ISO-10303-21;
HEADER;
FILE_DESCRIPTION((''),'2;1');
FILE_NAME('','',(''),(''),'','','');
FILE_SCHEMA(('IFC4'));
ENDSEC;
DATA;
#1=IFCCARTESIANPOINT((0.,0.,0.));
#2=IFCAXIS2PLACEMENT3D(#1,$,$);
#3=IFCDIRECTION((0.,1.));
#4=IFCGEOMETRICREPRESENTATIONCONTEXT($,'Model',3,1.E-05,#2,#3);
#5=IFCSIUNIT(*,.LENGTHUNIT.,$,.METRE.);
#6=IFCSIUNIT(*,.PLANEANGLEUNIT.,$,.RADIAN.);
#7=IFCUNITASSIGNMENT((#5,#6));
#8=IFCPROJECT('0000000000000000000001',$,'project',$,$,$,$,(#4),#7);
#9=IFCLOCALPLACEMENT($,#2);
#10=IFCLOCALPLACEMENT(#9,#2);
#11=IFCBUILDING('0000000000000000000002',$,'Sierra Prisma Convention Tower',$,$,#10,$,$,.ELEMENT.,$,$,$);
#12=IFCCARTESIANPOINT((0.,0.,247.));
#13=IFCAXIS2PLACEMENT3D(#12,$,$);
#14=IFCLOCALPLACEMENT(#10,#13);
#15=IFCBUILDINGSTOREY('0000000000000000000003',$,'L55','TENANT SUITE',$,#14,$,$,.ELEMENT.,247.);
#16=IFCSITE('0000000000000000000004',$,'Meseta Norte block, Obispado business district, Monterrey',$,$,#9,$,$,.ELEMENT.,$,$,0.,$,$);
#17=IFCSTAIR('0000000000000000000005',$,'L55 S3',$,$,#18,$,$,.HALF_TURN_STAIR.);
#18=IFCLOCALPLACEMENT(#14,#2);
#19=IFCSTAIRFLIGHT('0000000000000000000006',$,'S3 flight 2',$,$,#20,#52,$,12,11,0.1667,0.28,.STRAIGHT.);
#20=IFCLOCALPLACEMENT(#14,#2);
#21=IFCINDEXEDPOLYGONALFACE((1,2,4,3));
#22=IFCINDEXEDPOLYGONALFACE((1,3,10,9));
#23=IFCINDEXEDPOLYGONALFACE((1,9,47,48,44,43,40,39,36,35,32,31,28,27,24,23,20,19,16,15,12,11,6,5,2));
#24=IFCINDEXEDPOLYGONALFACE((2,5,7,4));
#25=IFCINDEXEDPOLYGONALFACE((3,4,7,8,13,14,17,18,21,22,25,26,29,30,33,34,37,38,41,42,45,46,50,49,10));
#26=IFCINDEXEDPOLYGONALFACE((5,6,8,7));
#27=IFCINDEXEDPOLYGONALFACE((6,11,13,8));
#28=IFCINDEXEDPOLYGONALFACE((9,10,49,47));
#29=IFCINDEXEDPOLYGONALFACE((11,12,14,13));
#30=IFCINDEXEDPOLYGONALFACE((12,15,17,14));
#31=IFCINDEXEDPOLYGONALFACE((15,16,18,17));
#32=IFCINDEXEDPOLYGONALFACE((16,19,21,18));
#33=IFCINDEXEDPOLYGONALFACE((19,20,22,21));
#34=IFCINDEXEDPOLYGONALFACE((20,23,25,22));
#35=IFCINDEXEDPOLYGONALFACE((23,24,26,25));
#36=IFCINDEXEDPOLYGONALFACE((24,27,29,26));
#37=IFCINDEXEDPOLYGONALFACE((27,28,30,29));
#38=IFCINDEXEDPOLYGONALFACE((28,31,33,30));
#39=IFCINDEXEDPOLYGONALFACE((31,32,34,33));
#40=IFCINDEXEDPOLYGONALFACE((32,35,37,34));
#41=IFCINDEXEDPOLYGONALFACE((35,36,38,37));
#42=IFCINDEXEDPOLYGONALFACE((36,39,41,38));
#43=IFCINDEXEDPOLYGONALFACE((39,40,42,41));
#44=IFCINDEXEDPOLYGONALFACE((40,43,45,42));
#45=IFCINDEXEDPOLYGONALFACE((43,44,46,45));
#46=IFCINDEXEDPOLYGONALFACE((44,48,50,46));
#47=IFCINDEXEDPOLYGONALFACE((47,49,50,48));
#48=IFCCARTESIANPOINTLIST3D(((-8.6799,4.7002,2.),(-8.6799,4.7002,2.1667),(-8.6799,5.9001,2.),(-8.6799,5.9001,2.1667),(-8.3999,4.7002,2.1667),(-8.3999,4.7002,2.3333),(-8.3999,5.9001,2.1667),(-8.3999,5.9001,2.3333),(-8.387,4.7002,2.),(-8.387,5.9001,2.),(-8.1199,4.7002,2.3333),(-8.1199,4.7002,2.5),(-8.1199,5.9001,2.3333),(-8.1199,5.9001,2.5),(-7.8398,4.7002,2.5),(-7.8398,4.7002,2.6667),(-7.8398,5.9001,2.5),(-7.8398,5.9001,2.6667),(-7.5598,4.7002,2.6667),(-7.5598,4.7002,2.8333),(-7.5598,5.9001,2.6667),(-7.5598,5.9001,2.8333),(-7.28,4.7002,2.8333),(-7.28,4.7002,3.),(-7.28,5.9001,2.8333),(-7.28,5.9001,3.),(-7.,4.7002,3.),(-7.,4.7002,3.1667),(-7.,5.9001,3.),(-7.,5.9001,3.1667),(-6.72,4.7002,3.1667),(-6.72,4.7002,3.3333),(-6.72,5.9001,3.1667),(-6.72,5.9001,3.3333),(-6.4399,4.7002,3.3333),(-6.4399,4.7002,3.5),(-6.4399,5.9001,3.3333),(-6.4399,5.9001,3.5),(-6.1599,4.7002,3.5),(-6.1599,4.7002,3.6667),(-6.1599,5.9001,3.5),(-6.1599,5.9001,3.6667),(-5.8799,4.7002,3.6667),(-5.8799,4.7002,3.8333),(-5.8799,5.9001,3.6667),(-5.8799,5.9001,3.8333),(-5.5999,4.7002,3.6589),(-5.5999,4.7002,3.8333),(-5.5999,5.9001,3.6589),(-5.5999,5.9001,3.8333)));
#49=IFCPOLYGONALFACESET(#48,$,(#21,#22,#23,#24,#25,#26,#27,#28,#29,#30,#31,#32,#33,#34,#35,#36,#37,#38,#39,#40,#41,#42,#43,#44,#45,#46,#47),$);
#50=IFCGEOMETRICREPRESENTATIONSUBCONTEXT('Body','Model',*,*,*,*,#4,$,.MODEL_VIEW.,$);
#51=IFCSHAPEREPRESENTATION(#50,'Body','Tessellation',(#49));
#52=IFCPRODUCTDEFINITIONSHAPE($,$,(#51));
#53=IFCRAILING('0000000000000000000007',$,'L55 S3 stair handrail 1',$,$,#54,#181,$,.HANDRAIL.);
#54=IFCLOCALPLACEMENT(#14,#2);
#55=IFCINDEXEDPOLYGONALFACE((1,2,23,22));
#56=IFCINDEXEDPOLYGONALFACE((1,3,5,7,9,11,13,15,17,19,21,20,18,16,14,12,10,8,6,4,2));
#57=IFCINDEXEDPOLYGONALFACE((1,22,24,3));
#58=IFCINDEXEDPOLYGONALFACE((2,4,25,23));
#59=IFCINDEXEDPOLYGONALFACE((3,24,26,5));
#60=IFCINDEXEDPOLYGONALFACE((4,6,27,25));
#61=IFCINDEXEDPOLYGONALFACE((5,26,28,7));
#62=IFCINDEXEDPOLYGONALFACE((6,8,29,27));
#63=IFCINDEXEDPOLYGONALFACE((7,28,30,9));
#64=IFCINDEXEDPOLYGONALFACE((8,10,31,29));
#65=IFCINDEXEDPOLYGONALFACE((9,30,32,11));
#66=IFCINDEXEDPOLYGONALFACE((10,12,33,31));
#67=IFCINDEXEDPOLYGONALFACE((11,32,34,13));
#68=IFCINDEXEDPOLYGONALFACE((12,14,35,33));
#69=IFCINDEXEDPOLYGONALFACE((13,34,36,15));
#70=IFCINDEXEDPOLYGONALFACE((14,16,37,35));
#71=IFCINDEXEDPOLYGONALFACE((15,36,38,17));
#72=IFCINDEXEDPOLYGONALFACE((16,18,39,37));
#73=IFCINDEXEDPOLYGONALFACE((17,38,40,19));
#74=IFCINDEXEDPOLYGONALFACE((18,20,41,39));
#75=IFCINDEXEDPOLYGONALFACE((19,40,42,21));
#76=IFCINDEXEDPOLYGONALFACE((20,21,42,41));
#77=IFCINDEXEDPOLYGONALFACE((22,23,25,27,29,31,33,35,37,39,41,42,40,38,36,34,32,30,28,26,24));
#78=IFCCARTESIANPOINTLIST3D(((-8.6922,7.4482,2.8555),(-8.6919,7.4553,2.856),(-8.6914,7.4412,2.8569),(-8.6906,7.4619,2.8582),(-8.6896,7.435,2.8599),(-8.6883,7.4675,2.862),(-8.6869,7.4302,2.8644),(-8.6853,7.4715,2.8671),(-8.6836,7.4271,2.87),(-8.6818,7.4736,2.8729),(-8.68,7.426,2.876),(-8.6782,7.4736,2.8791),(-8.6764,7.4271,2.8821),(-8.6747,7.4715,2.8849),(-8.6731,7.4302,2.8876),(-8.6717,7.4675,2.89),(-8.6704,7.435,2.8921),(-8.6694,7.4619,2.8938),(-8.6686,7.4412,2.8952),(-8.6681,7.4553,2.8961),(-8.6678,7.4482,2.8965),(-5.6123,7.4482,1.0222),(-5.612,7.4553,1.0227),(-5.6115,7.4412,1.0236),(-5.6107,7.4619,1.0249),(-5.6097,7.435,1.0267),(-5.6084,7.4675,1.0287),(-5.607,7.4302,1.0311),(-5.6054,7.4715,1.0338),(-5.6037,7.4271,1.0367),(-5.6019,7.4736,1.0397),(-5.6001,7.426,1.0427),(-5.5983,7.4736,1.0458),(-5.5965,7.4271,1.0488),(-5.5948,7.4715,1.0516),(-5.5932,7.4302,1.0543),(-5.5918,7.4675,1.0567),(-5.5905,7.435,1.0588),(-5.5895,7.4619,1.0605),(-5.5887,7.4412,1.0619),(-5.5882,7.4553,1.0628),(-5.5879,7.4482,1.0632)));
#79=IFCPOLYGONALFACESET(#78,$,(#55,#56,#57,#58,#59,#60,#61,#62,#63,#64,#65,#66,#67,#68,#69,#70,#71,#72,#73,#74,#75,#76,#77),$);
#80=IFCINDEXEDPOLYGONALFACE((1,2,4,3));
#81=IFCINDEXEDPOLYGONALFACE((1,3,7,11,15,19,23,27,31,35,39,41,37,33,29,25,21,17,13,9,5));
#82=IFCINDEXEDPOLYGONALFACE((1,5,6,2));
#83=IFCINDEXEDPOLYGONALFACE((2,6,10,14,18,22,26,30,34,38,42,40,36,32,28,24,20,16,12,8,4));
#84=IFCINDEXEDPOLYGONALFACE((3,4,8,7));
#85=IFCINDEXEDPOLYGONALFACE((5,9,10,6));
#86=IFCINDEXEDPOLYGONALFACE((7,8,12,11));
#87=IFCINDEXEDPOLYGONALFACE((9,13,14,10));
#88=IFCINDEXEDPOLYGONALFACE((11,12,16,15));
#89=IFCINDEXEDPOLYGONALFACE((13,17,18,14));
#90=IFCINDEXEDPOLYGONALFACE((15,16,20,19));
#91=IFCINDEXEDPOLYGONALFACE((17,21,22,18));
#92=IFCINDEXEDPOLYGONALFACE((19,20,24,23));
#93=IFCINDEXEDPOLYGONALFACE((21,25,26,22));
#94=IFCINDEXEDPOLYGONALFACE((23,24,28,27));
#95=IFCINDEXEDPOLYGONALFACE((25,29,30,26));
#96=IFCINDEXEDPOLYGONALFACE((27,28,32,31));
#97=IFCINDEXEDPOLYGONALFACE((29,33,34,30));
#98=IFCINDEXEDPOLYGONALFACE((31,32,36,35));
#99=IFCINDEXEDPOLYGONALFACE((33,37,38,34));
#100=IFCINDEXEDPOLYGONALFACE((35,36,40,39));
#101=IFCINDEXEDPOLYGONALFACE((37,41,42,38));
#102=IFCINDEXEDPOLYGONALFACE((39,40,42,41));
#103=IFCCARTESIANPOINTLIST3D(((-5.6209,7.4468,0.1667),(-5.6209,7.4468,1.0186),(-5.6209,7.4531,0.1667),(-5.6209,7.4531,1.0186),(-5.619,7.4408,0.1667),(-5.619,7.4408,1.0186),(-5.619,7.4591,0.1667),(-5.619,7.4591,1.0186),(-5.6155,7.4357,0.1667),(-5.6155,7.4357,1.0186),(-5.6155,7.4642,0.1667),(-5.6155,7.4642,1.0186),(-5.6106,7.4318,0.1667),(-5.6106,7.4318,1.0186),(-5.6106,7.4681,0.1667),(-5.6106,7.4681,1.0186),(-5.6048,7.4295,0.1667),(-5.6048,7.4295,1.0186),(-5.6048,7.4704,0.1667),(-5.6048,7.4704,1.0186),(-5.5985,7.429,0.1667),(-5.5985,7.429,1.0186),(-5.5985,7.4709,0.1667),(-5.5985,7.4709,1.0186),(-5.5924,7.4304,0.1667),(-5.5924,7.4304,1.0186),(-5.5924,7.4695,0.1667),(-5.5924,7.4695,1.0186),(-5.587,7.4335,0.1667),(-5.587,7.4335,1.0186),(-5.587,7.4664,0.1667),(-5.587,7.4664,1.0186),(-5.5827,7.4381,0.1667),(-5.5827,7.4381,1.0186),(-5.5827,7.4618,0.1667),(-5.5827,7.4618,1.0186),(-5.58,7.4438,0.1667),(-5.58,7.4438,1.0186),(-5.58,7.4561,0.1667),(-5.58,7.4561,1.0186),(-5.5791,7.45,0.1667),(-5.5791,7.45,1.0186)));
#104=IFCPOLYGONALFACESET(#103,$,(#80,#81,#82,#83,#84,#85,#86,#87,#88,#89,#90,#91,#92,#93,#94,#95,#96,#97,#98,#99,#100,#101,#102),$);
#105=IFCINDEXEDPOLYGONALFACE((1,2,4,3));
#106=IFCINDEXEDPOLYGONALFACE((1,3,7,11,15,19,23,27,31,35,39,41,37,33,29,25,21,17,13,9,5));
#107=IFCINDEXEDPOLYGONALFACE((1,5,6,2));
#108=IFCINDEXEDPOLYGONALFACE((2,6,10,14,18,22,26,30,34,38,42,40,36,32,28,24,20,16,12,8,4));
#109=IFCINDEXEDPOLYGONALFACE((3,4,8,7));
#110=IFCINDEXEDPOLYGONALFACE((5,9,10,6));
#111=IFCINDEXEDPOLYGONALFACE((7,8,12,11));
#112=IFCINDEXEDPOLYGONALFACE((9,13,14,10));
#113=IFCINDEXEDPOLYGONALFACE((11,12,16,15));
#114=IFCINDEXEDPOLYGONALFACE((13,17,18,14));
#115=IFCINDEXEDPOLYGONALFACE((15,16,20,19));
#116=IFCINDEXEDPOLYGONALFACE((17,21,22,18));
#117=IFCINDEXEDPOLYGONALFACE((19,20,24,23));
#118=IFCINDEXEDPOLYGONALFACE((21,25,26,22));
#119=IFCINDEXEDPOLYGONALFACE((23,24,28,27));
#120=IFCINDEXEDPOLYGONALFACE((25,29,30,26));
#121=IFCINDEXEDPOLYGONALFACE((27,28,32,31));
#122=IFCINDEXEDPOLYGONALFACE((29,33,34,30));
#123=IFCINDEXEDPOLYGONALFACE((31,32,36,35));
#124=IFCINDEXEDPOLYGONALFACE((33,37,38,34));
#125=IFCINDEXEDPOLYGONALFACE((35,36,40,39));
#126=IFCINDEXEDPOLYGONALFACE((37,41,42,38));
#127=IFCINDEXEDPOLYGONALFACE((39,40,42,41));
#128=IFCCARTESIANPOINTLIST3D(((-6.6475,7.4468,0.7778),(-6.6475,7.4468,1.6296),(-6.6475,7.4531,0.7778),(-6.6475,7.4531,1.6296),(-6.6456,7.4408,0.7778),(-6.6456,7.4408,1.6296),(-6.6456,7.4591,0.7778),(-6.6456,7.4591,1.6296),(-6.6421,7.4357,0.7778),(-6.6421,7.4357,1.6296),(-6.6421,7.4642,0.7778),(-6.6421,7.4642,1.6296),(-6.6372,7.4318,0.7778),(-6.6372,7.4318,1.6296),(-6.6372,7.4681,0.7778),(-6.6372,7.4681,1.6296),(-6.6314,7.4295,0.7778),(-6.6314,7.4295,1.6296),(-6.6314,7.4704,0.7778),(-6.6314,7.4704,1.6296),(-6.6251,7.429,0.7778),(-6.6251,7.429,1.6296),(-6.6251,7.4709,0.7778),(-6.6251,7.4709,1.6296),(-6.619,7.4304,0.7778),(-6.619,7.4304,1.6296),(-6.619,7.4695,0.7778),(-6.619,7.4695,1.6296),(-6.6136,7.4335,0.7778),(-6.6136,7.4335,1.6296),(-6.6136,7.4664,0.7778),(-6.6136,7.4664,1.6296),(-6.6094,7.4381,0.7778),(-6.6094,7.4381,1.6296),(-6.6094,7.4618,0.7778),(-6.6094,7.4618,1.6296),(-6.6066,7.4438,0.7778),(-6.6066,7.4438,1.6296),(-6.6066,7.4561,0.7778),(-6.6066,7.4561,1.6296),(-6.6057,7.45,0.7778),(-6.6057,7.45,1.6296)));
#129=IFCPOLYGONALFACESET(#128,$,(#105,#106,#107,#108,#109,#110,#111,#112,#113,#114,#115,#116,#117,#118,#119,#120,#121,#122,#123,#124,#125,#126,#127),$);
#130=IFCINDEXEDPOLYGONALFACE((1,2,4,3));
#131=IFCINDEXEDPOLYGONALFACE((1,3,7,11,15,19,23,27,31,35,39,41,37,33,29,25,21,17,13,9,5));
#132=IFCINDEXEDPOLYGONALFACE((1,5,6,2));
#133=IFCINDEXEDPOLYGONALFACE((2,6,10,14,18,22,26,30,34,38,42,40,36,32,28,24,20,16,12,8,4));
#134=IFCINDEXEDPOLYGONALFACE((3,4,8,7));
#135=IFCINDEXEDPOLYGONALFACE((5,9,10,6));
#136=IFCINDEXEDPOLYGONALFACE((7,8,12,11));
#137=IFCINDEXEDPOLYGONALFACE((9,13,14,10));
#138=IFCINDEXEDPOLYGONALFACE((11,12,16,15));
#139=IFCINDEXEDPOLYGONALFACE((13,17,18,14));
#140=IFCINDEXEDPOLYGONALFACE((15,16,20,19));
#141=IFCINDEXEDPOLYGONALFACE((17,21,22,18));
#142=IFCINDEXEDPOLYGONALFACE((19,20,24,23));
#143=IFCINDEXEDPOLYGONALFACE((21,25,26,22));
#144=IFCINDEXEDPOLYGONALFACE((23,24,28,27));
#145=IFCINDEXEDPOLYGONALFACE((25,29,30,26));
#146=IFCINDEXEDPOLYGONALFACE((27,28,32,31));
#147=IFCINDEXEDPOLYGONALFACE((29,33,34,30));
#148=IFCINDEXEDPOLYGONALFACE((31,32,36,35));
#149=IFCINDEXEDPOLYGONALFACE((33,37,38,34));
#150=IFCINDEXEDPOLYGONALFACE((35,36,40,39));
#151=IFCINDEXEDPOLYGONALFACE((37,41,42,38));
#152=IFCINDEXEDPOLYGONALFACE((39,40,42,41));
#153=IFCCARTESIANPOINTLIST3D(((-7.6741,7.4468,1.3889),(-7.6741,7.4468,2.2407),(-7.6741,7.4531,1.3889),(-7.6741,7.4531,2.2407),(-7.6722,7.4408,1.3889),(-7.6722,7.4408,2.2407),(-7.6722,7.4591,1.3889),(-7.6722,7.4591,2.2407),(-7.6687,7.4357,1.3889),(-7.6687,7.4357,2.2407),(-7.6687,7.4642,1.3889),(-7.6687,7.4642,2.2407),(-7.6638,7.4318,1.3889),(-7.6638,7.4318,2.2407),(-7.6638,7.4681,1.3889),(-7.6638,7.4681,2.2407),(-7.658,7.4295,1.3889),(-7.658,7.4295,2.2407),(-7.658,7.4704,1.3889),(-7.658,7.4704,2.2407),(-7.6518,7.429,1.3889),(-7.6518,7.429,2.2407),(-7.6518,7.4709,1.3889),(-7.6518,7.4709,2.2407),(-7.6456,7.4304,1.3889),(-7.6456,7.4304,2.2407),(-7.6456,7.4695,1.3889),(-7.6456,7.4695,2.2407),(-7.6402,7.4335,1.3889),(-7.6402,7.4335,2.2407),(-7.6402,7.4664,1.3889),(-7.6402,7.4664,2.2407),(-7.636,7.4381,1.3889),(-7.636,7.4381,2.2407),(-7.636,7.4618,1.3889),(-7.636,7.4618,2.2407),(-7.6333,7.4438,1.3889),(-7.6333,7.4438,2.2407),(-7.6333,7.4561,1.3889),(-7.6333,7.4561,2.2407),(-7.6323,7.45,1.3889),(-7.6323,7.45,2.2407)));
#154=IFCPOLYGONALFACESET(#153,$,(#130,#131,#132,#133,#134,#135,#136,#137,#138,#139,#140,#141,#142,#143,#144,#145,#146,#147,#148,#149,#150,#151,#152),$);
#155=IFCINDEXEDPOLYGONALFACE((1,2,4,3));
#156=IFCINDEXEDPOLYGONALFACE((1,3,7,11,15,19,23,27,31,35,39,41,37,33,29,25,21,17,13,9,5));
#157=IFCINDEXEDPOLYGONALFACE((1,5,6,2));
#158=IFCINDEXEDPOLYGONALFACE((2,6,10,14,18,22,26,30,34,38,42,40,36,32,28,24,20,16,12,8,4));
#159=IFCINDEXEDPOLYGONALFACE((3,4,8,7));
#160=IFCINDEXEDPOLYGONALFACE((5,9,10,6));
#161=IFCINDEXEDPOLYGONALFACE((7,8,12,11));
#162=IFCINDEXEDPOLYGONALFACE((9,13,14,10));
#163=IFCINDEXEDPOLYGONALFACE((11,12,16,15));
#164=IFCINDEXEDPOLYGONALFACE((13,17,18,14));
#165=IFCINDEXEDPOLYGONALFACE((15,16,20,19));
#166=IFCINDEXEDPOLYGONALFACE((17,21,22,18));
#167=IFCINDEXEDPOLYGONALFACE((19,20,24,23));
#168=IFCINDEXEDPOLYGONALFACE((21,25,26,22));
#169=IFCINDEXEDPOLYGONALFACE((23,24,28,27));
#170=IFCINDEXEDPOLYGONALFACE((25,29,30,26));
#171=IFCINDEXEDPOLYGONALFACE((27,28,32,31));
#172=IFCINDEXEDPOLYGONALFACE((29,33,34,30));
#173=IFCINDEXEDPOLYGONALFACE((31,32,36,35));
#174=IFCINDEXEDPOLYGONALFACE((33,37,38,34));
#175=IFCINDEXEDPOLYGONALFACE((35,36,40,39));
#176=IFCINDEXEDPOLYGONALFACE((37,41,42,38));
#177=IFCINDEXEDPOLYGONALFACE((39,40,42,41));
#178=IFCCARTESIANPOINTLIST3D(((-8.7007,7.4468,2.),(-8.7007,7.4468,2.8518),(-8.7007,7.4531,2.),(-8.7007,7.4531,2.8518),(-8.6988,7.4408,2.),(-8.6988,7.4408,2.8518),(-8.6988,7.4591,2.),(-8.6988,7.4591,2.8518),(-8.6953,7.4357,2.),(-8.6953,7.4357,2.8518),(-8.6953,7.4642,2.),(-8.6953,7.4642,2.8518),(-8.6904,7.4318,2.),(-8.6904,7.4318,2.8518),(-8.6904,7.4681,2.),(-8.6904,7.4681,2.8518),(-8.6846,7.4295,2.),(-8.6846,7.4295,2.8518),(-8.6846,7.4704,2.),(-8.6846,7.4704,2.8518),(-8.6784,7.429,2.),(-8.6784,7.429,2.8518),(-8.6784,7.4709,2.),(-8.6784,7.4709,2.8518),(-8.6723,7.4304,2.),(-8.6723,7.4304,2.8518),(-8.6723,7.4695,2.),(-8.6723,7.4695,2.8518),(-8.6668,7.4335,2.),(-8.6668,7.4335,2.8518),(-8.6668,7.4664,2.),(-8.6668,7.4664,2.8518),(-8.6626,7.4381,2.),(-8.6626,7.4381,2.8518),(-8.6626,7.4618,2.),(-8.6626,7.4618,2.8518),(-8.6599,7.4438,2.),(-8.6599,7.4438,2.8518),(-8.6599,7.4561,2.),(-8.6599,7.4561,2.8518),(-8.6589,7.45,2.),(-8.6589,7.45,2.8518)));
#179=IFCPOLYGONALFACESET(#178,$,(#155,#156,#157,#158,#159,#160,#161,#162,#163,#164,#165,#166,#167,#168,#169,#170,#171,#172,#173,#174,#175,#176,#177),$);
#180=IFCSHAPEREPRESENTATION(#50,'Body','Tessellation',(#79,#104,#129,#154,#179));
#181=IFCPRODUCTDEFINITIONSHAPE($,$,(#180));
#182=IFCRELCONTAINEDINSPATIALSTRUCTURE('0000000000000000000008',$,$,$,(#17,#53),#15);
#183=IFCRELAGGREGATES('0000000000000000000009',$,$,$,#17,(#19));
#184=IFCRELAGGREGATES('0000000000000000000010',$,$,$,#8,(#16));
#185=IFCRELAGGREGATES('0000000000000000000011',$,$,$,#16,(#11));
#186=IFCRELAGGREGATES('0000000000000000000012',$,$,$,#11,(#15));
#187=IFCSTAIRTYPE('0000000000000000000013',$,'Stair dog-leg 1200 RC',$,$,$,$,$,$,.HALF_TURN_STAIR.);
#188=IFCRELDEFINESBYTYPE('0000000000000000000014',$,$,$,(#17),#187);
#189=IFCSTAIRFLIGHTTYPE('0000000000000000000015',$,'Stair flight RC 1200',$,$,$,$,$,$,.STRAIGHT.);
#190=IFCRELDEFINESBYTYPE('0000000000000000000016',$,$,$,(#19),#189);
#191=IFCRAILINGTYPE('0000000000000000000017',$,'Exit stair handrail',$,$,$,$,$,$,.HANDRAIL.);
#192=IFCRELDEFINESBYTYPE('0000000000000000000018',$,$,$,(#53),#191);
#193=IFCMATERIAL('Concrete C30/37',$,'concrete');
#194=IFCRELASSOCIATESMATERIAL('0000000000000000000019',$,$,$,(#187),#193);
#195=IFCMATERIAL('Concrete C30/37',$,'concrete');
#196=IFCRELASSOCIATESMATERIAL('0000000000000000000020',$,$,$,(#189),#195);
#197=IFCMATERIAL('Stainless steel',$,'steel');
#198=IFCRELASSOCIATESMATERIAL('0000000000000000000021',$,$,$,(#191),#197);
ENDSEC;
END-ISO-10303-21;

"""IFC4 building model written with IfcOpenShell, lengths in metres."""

from ifc_helpers import new_model, si_unit, direction, frame, origin, origin_2d, place, context, subcontext, project, spatial, polyline, circle, outline, extrude, material, type_object, element, aggregate, save


model = new_model("IFC4")

# Units and contexts
model_context = context("Model", 3, precision=1e-05, world=origin(), true_north=direction((0.0, 1.0)))
body_context = subcontext(model_context, "Body", "Model", "MODEL_VIEW")
ifc_project = project(units=[si_unit("LENGTHUNIT", "METRE"), si_unit("PLANEANGLEUNIT", "RADIAN")], contexts=[model_context])

# Site, building, storey
site_placement = place(None, origin())
site = spatial("IfcSite", under=ifc_project, at=site_placement, Name="Meseta Norte block, Obispado business district, Monterrey", CompositionType="ELEMENT", RefElevation=0.0)
building_placement = place(site_placement, origin())
building = spatial("IfcBuilding", under=site, at=building_placement, Name="Sierra Prisma Convention Tower", CompositionType="ELEMENT")
storey_placement = place(building_placement, frame((0.0, 0.0, 247.0)))
storey = spatial("IfcBuildingStorey", under=building, at=storey_placement, Name="L55", Description="TENANT SUITE", CompositionType="ELEMENT", Elevation=247.0)

# Stair, stair flight
ifc_material_1 = material(Name="Concrete C30/37", Category="concrete")
stair_type = type_object("IfcStairType", Name="Stair dog-leg 1200 RC", PredefinedType="HALF_TURN_STAIR", material=ifc_material_1)
stair_placement = place(storey_placement, origin())
stair = element("IfcStair", 1, at=stair_placement, inside=storey, type_object=stair_type, Name="L55 S3", PredefinedType="HALF_TURN_STAIR")
ifc_material_2 = material(Name="Concrete C30/37", Category="concrete")
stair_flight_type = type_object("IfcStairFlightType", Name="Stair flight RC 1200", PredefinedType="STRAIGHT", material=ifc_material_2)
stair_flight_1_placement = place(storey_placement, frame((-8.6799, 5.3, 2.0), z_axis=(0.0, 0.0, 1.0), x_axis=(1.0, 0.0, 0.0)))
stair_flight_1 = element("IfcStairFlight", 2, at=stair_flight_1_placement, type_object=stair_flight_type, Name="S3 flight 2", NumberOfRisers=12, NumberOfTreads=11, PredefinedType="STRAIGHT", RiserHeight=0.1667, TreadLength=0.28, context=body_context, shape_type="SweptSolid", body=[
    extrude(outline(polyline([(0.0, 0.0), (0.0, 0.1667), (0.28, 0.1667), (0.28, 0.3333), (0.5601, 0.3333), (0.5601, 0.5), (0.8401, 0.5), (0.8401, 0.6667), (1.1201, 0.6667), (1.1201, 0.8333), (1.3999, 0.8333), (1.3999, 1.0), (1.6799, 1.0), (1.6799, 1.1667), (1.96, 1.1667), (1.96, 1.3333), (2.24, 1.3333), (2.24, 1.5), (2.52, 1.5), (2.52, 1.6667), (2.8, 1.6667), (2.8, 1.8333), (3.0801, 1.8333), (3.0801, 2.0), (3.0801, 1.6589), (0.293, 0.0), (0.0, 0.0)])), frame((0.0, 0.6001, 0.0), z_axis=(0.0, -1.0, 0.0), x_axis=(1.0, 0.0, 0.0)), (0.0, 0.0, 1.0), 1.2),
])
aggregate(stair, [stair_flight_1])

# Railing
ifc_material_3 = material(Name="Stainless steel", Category="steel")
railing_type_1 = type_object("IfcRailingType", Name="Exit stair handrail", PredefinedType="HANDRAIL", material=ifc_material_3)
railing_1_placement = place(storey_placement, frame((-5.6001, 7.45, 0.1667)))
element("IfcRailing", 3, at=railing_1_placement, inside=storey, type_object=railing_type_1, Name="L55 S3 stair handrail 1", PredefinedType="HANDRAIL", context=body_context, shape_type="SweptSolid", body=[
    extrude(circle(Radius=0.0239, at=origin_2d()), frame((0.0, 0.0, 0.876), z_axis=(-0.859291, 0.0, 0.511487), x_axis=(0.0, -1.0, 0.0)), (0.0, 0.0, 1.0), 3.5842),
    extrude(circle(Radius=0.021, at=origin_2d()), origin(), (0.0, 0.0, 1.0), 0.8518),
    extrude(circle(Radius=0.021, at=origin_2d()), frame((-1.0266, 0.0, 0.6111)), (0.0, 0.0, 1.0), 0.8518),
    extrude(circle(Radius=0.021, at=origin_2d()), frame((-2.0532, 0.0, 1.2222)), (0.0, 0.0, 1.0), 0.8518),
    extrude(circle(Radius=0.021, at=origin_2d()), frame((-3.0798, 0.0, 1.8333)), (0.0, 0.0, 1.0), 0.8518),
])

save(model, "model.ifc")
